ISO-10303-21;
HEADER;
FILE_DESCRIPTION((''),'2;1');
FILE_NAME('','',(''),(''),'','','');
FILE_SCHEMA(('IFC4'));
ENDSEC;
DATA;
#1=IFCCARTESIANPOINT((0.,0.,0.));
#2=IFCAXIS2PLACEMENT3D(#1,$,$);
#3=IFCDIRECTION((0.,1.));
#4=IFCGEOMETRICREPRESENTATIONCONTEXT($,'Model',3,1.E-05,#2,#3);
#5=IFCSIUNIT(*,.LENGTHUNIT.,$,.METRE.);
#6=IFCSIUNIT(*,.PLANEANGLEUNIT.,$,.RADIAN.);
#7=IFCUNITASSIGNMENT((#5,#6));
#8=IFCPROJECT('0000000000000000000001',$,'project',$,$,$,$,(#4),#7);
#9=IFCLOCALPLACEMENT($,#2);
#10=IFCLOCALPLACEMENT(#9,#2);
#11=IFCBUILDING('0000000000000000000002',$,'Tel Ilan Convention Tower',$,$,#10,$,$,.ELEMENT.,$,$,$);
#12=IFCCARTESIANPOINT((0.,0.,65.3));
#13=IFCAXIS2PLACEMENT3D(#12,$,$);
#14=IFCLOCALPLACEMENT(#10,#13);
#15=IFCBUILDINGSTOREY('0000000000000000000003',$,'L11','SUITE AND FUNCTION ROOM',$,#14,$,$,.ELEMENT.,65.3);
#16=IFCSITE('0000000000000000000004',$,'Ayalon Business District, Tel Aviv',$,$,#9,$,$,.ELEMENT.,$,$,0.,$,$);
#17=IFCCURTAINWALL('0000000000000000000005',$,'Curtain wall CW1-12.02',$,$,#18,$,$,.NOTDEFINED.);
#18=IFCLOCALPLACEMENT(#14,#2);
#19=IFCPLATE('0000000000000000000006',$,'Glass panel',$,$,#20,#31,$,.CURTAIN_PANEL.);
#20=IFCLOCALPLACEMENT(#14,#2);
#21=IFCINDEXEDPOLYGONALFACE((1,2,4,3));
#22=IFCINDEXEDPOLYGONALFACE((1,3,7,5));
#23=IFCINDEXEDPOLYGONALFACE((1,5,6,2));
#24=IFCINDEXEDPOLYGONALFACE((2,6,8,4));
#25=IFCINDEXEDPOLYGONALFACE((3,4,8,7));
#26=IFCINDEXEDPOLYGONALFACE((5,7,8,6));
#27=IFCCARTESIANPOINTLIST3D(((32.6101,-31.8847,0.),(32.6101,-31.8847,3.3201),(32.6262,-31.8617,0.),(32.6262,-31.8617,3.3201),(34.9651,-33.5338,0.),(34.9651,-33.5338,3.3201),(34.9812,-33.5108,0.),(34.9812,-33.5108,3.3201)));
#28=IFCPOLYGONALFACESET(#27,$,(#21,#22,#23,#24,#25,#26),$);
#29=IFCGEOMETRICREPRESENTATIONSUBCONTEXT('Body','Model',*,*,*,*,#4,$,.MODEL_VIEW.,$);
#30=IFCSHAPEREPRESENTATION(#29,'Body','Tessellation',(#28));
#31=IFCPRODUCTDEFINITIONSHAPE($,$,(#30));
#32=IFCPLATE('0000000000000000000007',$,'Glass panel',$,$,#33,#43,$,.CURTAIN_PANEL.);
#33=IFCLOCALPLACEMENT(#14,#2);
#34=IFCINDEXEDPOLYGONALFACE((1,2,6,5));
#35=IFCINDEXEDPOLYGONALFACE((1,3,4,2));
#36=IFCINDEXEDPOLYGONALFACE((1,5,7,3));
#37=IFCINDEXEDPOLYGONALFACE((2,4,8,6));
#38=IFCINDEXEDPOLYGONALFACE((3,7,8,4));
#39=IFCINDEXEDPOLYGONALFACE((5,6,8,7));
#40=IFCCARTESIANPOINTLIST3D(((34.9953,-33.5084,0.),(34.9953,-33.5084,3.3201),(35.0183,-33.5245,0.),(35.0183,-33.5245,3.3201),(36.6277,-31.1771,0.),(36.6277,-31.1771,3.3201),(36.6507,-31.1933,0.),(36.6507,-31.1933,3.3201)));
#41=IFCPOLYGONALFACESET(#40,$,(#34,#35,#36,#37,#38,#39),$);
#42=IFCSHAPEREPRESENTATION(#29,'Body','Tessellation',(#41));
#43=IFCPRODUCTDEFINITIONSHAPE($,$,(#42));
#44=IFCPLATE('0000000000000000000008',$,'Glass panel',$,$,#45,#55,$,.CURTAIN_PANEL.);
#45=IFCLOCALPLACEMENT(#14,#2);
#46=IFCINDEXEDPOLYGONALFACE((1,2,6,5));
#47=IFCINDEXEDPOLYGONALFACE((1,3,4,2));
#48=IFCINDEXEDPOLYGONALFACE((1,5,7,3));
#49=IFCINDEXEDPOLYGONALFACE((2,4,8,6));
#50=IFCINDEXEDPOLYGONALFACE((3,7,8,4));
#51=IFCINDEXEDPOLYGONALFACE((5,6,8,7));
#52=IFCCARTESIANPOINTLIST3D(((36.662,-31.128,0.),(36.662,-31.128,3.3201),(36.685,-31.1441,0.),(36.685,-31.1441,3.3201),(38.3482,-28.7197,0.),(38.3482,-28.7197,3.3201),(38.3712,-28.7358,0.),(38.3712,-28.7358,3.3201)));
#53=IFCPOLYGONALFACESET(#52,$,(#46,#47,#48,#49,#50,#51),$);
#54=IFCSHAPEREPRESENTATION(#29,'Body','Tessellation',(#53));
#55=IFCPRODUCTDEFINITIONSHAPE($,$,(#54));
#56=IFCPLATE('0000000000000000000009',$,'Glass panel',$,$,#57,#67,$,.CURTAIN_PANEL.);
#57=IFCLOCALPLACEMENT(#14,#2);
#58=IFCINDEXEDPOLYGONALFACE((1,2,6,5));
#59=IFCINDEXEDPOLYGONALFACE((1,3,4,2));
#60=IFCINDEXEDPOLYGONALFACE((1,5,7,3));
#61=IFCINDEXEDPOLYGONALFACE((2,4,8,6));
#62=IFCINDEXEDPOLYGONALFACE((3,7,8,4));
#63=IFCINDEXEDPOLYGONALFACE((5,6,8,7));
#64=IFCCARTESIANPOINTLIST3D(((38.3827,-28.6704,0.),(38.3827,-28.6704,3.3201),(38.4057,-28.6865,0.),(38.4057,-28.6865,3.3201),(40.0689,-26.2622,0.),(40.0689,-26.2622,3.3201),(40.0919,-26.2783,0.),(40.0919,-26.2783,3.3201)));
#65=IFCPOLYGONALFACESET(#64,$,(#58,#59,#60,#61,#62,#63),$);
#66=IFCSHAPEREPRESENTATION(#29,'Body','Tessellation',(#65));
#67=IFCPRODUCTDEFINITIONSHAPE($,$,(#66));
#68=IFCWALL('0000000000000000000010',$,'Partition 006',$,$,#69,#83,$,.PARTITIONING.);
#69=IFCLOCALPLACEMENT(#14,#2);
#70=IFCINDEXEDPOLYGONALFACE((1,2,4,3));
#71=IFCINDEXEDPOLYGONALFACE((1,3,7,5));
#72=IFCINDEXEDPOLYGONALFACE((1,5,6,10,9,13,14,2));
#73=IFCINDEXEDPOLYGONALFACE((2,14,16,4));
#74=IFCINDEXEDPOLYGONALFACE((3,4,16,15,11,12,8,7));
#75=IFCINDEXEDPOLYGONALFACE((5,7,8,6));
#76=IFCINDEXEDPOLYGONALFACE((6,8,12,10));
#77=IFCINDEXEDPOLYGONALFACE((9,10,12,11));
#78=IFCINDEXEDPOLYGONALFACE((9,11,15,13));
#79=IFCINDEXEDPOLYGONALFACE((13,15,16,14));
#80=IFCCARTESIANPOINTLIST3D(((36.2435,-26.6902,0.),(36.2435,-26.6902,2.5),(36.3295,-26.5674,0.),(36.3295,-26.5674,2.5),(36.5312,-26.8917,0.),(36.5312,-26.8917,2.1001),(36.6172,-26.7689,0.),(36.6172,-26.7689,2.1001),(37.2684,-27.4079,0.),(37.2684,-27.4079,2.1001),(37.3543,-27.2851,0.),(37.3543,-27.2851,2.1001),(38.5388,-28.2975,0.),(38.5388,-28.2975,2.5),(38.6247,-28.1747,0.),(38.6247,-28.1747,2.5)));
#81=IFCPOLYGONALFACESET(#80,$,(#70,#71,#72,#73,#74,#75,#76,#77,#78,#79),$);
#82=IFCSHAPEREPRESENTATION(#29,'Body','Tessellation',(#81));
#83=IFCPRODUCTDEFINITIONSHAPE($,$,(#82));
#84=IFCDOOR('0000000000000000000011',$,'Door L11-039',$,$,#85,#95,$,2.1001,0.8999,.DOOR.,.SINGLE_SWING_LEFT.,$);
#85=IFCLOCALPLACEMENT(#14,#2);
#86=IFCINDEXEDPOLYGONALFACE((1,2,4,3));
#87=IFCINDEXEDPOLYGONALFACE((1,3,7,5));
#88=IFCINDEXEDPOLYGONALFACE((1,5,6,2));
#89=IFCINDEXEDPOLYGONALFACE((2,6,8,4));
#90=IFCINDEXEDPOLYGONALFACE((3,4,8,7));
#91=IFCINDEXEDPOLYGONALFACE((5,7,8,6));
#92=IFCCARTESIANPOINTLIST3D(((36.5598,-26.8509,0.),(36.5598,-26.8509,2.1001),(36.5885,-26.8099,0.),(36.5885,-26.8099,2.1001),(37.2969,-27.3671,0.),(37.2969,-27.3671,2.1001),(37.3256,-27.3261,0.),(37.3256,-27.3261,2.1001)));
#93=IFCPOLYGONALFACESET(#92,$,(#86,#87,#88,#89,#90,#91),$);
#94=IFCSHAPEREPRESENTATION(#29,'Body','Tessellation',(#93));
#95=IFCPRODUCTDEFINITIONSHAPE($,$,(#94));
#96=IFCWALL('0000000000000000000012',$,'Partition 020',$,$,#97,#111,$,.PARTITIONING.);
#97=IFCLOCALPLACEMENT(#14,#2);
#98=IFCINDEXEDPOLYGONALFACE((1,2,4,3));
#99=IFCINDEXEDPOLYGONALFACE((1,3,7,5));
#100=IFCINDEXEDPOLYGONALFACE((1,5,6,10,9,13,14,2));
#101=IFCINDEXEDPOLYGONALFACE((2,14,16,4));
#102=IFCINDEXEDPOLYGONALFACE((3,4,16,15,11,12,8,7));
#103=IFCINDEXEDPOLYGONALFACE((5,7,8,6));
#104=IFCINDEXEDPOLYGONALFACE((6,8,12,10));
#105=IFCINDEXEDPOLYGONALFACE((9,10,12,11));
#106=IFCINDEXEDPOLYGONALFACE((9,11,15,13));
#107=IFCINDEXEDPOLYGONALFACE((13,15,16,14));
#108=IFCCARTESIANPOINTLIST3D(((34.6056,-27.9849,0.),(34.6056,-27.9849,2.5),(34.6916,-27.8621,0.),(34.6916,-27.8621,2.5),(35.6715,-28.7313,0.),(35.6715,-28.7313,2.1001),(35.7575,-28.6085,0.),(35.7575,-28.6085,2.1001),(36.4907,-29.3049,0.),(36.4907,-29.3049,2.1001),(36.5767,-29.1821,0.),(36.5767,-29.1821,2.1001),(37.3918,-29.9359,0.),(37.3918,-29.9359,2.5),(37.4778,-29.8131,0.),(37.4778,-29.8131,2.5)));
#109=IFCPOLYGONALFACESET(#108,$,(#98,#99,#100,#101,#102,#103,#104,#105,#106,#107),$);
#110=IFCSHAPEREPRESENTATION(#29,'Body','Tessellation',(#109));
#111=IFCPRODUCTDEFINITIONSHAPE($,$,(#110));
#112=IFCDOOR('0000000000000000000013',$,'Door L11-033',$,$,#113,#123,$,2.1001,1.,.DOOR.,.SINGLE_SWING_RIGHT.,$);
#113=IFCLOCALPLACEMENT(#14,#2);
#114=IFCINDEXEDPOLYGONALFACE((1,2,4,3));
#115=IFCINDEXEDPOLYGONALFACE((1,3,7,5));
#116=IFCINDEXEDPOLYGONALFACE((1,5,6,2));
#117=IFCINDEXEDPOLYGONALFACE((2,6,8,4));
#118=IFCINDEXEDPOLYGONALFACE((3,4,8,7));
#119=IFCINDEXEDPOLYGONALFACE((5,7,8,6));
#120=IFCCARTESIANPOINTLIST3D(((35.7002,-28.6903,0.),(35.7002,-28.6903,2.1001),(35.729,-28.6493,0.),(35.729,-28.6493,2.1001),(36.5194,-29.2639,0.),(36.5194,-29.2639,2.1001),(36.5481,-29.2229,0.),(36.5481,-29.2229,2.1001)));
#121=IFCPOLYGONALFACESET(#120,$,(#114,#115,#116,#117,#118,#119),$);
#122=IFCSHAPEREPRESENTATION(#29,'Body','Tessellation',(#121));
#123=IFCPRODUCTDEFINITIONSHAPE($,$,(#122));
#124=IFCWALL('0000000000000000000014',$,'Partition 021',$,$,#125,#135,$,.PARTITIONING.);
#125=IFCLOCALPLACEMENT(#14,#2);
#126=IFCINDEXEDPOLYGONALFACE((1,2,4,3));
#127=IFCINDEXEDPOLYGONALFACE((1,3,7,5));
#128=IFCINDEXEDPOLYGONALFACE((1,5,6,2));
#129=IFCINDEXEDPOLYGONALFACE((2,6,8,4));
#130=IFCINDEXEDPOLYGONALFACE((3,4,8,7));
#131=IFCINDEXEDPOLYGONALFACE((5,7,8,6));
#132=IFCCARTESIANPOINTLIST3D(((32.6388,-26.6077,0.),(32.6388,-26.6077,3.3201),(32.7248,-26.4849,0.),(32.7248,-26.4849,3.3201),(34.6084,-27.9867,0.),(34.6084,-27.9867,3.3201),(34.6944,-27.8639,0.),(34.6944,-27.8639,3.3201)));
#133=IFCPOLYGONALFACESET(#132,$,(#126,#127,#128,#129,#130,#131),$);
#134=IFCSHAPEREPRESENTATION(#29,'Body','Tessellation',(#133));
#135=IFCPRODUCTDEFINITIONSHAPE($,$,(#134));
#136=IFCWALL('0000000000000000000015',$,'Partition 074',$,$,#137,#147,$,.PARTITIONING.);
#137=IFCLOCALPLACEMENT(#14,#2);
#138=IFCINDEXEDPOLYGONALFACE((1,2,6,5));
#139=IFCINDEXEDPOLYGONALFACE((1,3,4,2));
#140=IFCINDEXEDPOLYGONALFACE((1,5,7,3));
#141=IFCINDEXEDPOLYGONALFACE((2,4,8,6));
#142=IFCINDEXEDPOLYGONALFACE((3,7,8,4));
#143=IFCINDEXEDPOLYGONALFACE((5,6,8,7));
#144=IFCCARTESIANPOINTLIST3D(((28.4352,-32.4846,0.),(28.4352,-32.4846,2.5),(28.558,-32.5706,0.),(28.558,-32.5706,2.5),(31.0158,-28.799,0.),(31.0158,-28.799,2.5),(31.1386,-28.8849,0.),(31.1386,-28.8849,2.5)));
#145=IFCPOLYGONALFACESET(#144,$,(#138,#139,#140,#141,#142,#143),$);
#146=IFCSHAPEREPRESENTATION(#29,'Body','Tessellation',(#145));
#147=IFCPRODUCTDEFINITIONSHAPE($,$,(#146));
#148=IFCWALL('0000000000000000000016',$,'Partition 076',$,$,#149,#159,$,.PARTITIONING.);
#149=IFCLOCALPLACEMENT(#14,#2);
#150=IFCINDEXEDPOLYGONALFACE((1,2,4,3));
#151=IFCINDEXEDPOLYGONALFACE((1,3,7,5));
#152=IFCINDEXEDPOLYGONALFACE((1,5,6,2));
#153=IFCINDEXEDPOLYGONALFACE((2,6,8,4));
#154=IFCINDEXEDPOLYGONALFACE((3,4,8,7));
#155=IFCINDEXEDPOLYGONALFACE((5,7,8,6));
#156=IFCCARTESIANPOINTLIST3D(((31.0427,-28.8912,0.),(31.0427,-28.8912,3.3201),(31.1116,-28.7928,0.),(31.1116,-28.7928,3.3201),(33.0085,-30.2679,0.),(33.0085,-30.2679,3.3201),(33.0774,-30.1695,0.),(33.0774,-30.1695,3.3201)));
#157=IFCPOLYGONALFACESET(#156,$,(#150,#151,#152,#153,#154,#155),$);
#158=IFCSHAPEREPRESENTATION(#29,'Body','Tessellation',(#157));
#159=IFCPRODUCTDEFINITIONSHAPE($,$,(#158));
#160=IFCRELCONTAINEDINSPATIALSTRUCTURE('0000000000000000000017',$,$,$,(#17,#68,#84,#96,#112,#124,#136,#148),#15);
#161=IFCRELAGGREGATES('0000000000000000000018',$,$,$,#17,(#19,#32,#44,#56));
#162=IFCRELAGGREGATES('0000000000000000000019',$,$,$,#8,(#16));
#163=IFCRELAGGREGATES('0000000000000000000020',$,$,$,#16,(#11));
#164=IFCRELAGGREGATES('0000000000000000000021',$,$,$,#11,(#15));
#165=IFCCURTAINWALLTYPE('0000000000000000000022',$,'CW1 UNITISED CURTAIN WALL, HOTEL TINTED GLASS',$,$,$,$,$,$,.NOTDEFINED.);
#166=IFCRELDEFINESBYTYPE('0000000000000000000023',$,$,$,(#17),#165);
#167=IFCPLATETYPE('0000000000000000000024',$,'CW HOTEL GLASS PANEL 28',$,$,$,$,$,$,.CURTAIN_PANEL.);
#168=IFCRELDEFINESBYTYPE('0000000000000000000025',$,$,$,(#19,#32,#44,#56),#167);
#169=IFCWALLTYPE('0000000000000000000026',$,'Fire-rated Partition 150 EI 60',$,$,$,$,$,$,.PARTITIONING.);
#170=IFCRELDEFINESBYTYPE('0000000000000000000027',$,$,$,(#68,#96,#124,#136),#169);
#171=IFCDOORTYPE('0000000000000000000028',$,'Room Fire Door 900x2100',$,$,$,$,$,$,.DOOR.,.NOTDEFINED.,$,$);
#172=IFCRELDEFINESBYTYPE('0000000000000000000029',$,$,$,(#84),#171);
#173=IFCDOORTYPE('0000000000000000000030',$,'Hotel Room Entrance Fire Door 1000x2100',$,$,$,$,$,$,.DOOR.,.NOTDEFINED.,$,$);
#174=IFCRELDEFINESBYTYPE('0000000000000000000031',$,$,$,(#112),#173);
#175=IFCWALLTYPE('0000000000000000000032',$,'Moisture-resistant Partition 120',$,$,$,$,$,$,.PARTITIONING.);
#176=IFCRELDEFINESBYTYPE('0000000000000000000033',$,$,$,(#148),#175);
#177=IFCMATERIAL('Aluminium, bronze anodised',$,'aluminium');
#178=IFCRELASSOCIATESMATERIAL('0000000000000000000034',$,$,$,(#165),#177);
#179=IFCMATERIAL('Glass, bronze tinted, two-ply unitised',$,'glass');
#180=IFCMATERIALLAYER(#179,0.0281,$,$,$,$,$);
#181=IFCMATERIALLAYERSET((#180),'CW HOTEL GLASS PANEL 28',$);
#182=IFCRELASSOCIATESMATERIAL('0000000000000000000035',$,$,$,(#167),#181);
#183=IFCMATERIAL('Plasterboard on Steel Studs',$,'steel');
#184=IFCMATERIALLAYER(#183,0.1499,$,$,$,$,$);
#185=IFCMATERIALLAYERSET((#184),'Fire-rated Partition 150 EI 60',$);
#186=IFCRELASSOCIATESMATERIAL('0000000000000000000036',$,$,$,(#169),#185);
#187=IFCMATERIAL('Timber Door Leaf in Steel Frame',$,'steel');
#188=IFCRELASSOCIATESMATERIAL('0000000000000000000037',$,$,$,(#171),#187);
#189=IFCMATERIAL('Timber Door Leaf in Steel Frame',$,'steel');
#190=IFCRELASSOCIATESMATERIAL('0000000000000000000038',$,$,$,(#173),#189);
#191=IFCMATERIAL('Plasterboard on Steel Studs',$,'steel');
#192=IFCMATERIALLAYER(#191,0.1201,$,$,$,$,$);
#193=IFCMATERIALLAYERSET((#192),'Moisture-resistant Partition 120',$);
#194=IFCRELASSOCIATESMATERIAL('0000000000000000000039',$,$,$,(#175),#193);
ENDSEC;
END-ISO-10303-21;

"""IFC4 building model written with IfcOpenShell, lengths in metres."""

from ifc_helpers import new_model, si_unit, direction, frame, frame_2d, origin, origin_2d, place, context, subcontext, project, spatial, rectangle, extrude, material, layer, layer_set, type_object, element, fill, aggregate, save


model = new_model("IFC4")

# Units and contexts
model_context = context("Model", 3, precision=1e-05, world=origin(), true_north=direction((0.0, 1.0)))
body_context = subcontext(model_context, "Body", "Model", "MODEL_VIEW")
ifc_project = project(units=[si_unit("LENGTHUNIT", "METRE"), si_unit("PLANEANGLEUNIT", "RADIAN")], contexts=[model_context])

# Site, building, storey
site_placement = place(None, origin())
site = spatial("IfcSite", under=ifc_project, at=site_placement, Name="Ayalon Business District, Tel Aviv", CompositionType="ELEMENT", RefElevation=0.0)
building_placement = place(site_placement, origin())
building = spatial("IfcBuilding", under=site, at=building_placement, Name="Tel Ilan Convention Tower", CompositionType="ELEMENT")
storey_placement = place(building_placement, frame((0.0, 0.0, 65.3)))
storey = spatial("IfcBuildingStorey", under=building, at=storey_placement, Name="L11", Description="SUITE AND FUNCTION ROOM", CompositionType="ELEMENT", Elevation=65.3)

# Curtain wall, plates
ifc_material_1 = material(Name="Aluminium, bronze anodised", Category="aluminium")
curtain_wall_type = type_object("IfcCurtainWallType", Name="CW1 UNITISED CURTAIN WALL, HOTEL TINTED GLASS", PredefinedType="NOTDEFINED", material=ifc_material_1)
curtain_wall_placement = place(storey_placement, origin())
curtain_wall = element("IfcCurtainWall", 1, at=curtain_wall_placement, inside=storey, type_object=curtain_wall_type, Name="Curtain wall CW1-12.02", PredefinedType="NOTDEFINED")
ifc_material_2 = material(Name="Glass, bronze tinted, two-ply unitised", Category="glass")
ifc_layer_1 = layer(ifc_material_2, 0.0281)
ifc_layer_set_1 = layer_set([ifc_layer_1], Name="CW HOTEL GLASS PANEL 28")
plate_type = type_object("IfcPlateType", Name="CW HOTEL GLASS PANEL 28", PredefinedType="CURTAIN_PANEL", material=ifc_layer_set_1)
plate_1_placement = place(storey_placement, frame((33.7957, -32.6978, 0.0), z_axis=(0.0, 0.0, 1.0), x_axis=(0.819152, -0.573576, 0.0)))
plate_1 = element("IfcPlate", 2, at=plate_1_placement, type_object=plate_type, Name="Glass panel", PredefinedType="CURTAIN_PANEL", context=body_context, shape_type="SweptSolid", body=[
    extrude(rectangle(XDim=2.875, YDim=0.0281, at=origin_2d()), origin(), (0.0, 0.0, 1.0), 3.3201),
])
plate_2_placement = place(storey_placement, frame((35.823, -32.3508, 0.0), z_axis=(0.0, 0.0, 1.0), x_axis=(0.573576, 0.819152, 0.0)))
plate_2 = element("IfcPlate", 3, at=plate_2_placement, type_object=plate_type, Name="Glass panel", PredefinedType="CURTAIN_PANEL", context=body_context, shape_type="SweptSolid", body=[
    extrude(rectangle(XDim=2.8459, YDim=0.0281, at=origin_2d()), origin(), (0.0, 0.0, 1.0), 3.3201),
])
plate_3_placement = place(storey_placement, frame((37.5166, -29.9319, 0.0), z_axis=(0.0, 0.0, 1.0), x_axis=(0.573576, 0.819152, 0.0)))
plate_3 = element("IfcPlate", 4, at=plate_3_placement, type_object=plate_type, Name="Glass panel", PredefinedType="CURTAIN_PANEL", context=body_context, shape_type="SweptSolid", body=[
    extrude(rectangle(XDim=2.9399, YDim=0.0281, at=origin_2d()), origin(), (0.0, 0.0, 1.0), 3.3201),
])
plate_4_placement = place(storey_placement, frame((39.2373, -27.4744, 0.0), z_axis=(0.0, 0.0, 1.0), x_axis=(0.573576, 0.819152, 0.0)))
plate_4 = element("IfcPlate", 5, at=plate_4_placement, type_object=plate_type, Name="Glass panel", PredefinedType="CURTAIN_PANEL", context=body_context, shape_type="SweptSolid", body=[
    extrude(rectangle(XDim=2.9399, YDim=0.0281, at=origin_2d()), origin(), (0.0, 0.0, 1.0), 3.3201),
])
aggregate(curtain_wall, [plate_1, plate_2, plate_3, plate_4])

# Walls, openings, doors
ifc_material_3 = material(Name="Plasterboard on Steel Studs", Category="steel")
ifc_layer_2 = layer(ifc_material_3, 0.1499)
ifc_layer_set_2 = layer_set([ifc_layer_2], Name="Fire-rated Partition 150 EI 60")
wall_type_1 = type_object("IfcWallType", Name="Fire-rated Partition 150 EI 60", PredefinedType="PARTITIONING", material=ifc_layer_set_2)
wall_1_placement = place(storey_placement, frame((36.2866, -26.6289, 0.0), z_axis=(0.0, 0.0, 1.0), x_axis=(0.819138, -0.573597, 0.0)))
wall_1 = element("IfcWall", 6, at=wall_1_placement, inside=storey, type_object=wall_type_1, Name="Partition 006", PredefinedType="PARTITIONING", context=body_context, shape_type="SweptSolid", body=[
    extrude(rectangle(XDim=2.802, YDim=0.1499, at=frame_2d((1.4009, 0.0))), origin(), (0.0, 0.0, 1.0), 2.5),
])
opening_1_placement = place(wall_1_placement, frame((0.3511, 0.0, 0.0)))
opening_1 = element("IfcOpeningElement", 7, at=opening_1_placement, cuts=wall_1, PredefinedType="OPENING", context=body_context, shape_type="SweptSolid", body=[
    extrude(rectangle(XDim=0.8999, YDim=2.1001, at=frame_2d((0.45, 1.05))), frame((0.0, 0.085, 0.0), z_axis=(0.0, -1.0, 0.0), x_axis=(1.0, 0.0, 0.0)), (0.0, 0.0, 1.0), 0.1699),
])
ifc_material_4 = material(Name="Timber Door Leaf in Steel Frame", Category="steel")
door_type_1 = type_object("IfcDoorType", Name="Room Fire Door 900x2100", OperationType="NOTDEFINED", PredefinedType="DOOR", material=ifc_material_4)
door_1_placement = place(opening_1_placement, origin())
door_1 = element("IfcDoor", 8, at=door_1_placement, inside=storey, type_object=door_type_1, Name="Door L11-039", OperationType="SINGLE_SWING_LEFT", OverallHeight=2.1001, OverallWidth=0.8999, PredefinedType="DOOR", context=body_context, shape_type="SweptSolid", body=[
    extrude(rectangle(XDim=0.8999, YDim=2.1001, at=frame_2d((0.45, 1.05))), frame((0.0, 0.0249, 0.0), z_axis=(0.0, -1.0, 0.0), x_axis=(1.0, 0.0, 0.0)), (0.0, 0.0, 1.0), 0.05),
])
fill(opening_1, door_1)
wall_2_placement = place(storey_placement, frame((37.4348, -29.8745, 0.0), z_axis=(0.0, 0.0, 1.0), x_axis=(-0.819144, 0.573588, 0.0)))
wall_2 = element("IfcWall", 9, at=wall_2_placement, inside=storey, type_object=wall_type_1, Name="Partition 020", PredefinedType="PARTITIONING", context=body_context, shape_type="SweptSolid", body=[
    extrude(rectangle(XDim=3.4014, YDim=0.1499, at=frame_2d((1.7007, 0.0))), origin(), (0.0, 0.0, 1.0), 2.5),
])
opening_2_placement = place(wall_2_placement, frame((1.1001, 0.0, 0.0)))
opening_2 = element("IfcOpeningElement", 10, at=opening_2_placement, cuts=wall_2, PredefinedType="OPENING", context=body_context, shape_type="SweptSolid", body=[
    extrude(rectangle(XDim=1.0, YDim=2.1001, at=frame_2d((0.5, 1.05))), frame((0.0, 0.085, 0.0), z_axis=(0.0, -1.0, 0.0), x_axis=(1.0, 0.0, 0.0)), (0.0, 0.0, 1.0), 0.1699),
])
ifc_material_5 = material(Name="Timber Door Leaf in Steel Frame", Category="steel")
door_type_2 = type_object("IfcDoorType", Name="Hotel Room Entrance Fire Door 1000x2100", OperationType="NOTDEFINED", PredefinedType="DOOR", material=ifc_material_5)
door_2_placement = place(opening_2_placement, origin())
door_2 = element("IfcDoor", 11, at=door_2_placement, inside=storey, type_object=door_type_2, Name="Door L11-033", OperationType="SINGLE_SWING_RIGHT", OverallHeight=2.1001, OverallWidth=1.0, PredefinedType="DOOR", context=body_context, shape_type="SweptSolid", body=[
    extrude(rectangle(XDim=1.0, YDim=2.1001, at=frame_2d((0.5, 1.05))), frame((0.0, 0.0249, 0.0), z_axis=(0.0, -1.0, 0.0), x_axis=(1.0, 0.0, 0.0)), (0.0, 0.0, 1.0), 0.05),
])
fill(opening_2, door_2)

# Walls
wall_3_placement = place(storey_placement, frame((34.6514, -27.9253, 0.0), z_axis=(0.0, 0.0, 1.0), x_axis=(-0.819179, 0.573537, 0.0)))
element("IfcWall", 12, at=wall_3_placement, inside=storey, type_object=wall_type_1, Name="Partition 021", PredefinedType="PARTITIONING", context=body_context, shape_type="SweptSolid", body=[
    extrude(rectangle(XDim=2.4043, YDim=0.1499, at=frame_2d((1.2021, 0.0))), origin(), (0.0, 0.0, 1.0), 3.3201),
])
wall_4_placement = place(storey_placement, frame((31.0771, -28.842, 0.0), z_axis=(0.0, 0.0, 1.0), x_axis=(-0.573564, -0.819161, 0.0)))
element("IfcWall", 13, at=wall_4_placement, inside=storey, type_object=wall_type_1, Name="Partition 074", PredefinedType="PARTITIONING", context=body_context, shape_type="SweptSolid", body=[
    extrude(rectangle(XDim=4.4993, YDim=0.1499, at=frame_2d((2.2495, 0.0))), origin(), (0.0, 0.0, 1.0), 2.5),
])
ifc_material_6 = material(Name="Plasterboard on Steel Studs", Category="steel")
ifc_layer_3 = layer(ifc_material_6, 0.1201)
ifc_layer_set_3 = layer_set([ifc_layer_3], Name="Moisture-resistant Partition 120")
wall_type_2 = type_object("IfcWallType", Name="Moisture-resistant Partition 120", PredefinedType="PARTITIONING", material=ifc_layer_set_3)
wall_5_placement = place(storey_placement, frame((31.0771, -28.842, 0.0), z_axis=(0.0, 0.0, 1.0), x_axis=(0.819108, -0.57364, 0.0)))
element("IfcWall", 14, at=wall_5_placement, inside=storey, type_object=wall_type_2, Name="Partition 076", PredefinedType="PARTITIONING", context=body_context, shape_type="SweptSolid", body=[
    extrude(rectangle(XDim=2.3999, YDim=0.1201, at=frame_2d((1.2, 0.0))), origin(), (0.0, 0.0, 1.0), 3.3201),
])

save(model, "model.ifc")
